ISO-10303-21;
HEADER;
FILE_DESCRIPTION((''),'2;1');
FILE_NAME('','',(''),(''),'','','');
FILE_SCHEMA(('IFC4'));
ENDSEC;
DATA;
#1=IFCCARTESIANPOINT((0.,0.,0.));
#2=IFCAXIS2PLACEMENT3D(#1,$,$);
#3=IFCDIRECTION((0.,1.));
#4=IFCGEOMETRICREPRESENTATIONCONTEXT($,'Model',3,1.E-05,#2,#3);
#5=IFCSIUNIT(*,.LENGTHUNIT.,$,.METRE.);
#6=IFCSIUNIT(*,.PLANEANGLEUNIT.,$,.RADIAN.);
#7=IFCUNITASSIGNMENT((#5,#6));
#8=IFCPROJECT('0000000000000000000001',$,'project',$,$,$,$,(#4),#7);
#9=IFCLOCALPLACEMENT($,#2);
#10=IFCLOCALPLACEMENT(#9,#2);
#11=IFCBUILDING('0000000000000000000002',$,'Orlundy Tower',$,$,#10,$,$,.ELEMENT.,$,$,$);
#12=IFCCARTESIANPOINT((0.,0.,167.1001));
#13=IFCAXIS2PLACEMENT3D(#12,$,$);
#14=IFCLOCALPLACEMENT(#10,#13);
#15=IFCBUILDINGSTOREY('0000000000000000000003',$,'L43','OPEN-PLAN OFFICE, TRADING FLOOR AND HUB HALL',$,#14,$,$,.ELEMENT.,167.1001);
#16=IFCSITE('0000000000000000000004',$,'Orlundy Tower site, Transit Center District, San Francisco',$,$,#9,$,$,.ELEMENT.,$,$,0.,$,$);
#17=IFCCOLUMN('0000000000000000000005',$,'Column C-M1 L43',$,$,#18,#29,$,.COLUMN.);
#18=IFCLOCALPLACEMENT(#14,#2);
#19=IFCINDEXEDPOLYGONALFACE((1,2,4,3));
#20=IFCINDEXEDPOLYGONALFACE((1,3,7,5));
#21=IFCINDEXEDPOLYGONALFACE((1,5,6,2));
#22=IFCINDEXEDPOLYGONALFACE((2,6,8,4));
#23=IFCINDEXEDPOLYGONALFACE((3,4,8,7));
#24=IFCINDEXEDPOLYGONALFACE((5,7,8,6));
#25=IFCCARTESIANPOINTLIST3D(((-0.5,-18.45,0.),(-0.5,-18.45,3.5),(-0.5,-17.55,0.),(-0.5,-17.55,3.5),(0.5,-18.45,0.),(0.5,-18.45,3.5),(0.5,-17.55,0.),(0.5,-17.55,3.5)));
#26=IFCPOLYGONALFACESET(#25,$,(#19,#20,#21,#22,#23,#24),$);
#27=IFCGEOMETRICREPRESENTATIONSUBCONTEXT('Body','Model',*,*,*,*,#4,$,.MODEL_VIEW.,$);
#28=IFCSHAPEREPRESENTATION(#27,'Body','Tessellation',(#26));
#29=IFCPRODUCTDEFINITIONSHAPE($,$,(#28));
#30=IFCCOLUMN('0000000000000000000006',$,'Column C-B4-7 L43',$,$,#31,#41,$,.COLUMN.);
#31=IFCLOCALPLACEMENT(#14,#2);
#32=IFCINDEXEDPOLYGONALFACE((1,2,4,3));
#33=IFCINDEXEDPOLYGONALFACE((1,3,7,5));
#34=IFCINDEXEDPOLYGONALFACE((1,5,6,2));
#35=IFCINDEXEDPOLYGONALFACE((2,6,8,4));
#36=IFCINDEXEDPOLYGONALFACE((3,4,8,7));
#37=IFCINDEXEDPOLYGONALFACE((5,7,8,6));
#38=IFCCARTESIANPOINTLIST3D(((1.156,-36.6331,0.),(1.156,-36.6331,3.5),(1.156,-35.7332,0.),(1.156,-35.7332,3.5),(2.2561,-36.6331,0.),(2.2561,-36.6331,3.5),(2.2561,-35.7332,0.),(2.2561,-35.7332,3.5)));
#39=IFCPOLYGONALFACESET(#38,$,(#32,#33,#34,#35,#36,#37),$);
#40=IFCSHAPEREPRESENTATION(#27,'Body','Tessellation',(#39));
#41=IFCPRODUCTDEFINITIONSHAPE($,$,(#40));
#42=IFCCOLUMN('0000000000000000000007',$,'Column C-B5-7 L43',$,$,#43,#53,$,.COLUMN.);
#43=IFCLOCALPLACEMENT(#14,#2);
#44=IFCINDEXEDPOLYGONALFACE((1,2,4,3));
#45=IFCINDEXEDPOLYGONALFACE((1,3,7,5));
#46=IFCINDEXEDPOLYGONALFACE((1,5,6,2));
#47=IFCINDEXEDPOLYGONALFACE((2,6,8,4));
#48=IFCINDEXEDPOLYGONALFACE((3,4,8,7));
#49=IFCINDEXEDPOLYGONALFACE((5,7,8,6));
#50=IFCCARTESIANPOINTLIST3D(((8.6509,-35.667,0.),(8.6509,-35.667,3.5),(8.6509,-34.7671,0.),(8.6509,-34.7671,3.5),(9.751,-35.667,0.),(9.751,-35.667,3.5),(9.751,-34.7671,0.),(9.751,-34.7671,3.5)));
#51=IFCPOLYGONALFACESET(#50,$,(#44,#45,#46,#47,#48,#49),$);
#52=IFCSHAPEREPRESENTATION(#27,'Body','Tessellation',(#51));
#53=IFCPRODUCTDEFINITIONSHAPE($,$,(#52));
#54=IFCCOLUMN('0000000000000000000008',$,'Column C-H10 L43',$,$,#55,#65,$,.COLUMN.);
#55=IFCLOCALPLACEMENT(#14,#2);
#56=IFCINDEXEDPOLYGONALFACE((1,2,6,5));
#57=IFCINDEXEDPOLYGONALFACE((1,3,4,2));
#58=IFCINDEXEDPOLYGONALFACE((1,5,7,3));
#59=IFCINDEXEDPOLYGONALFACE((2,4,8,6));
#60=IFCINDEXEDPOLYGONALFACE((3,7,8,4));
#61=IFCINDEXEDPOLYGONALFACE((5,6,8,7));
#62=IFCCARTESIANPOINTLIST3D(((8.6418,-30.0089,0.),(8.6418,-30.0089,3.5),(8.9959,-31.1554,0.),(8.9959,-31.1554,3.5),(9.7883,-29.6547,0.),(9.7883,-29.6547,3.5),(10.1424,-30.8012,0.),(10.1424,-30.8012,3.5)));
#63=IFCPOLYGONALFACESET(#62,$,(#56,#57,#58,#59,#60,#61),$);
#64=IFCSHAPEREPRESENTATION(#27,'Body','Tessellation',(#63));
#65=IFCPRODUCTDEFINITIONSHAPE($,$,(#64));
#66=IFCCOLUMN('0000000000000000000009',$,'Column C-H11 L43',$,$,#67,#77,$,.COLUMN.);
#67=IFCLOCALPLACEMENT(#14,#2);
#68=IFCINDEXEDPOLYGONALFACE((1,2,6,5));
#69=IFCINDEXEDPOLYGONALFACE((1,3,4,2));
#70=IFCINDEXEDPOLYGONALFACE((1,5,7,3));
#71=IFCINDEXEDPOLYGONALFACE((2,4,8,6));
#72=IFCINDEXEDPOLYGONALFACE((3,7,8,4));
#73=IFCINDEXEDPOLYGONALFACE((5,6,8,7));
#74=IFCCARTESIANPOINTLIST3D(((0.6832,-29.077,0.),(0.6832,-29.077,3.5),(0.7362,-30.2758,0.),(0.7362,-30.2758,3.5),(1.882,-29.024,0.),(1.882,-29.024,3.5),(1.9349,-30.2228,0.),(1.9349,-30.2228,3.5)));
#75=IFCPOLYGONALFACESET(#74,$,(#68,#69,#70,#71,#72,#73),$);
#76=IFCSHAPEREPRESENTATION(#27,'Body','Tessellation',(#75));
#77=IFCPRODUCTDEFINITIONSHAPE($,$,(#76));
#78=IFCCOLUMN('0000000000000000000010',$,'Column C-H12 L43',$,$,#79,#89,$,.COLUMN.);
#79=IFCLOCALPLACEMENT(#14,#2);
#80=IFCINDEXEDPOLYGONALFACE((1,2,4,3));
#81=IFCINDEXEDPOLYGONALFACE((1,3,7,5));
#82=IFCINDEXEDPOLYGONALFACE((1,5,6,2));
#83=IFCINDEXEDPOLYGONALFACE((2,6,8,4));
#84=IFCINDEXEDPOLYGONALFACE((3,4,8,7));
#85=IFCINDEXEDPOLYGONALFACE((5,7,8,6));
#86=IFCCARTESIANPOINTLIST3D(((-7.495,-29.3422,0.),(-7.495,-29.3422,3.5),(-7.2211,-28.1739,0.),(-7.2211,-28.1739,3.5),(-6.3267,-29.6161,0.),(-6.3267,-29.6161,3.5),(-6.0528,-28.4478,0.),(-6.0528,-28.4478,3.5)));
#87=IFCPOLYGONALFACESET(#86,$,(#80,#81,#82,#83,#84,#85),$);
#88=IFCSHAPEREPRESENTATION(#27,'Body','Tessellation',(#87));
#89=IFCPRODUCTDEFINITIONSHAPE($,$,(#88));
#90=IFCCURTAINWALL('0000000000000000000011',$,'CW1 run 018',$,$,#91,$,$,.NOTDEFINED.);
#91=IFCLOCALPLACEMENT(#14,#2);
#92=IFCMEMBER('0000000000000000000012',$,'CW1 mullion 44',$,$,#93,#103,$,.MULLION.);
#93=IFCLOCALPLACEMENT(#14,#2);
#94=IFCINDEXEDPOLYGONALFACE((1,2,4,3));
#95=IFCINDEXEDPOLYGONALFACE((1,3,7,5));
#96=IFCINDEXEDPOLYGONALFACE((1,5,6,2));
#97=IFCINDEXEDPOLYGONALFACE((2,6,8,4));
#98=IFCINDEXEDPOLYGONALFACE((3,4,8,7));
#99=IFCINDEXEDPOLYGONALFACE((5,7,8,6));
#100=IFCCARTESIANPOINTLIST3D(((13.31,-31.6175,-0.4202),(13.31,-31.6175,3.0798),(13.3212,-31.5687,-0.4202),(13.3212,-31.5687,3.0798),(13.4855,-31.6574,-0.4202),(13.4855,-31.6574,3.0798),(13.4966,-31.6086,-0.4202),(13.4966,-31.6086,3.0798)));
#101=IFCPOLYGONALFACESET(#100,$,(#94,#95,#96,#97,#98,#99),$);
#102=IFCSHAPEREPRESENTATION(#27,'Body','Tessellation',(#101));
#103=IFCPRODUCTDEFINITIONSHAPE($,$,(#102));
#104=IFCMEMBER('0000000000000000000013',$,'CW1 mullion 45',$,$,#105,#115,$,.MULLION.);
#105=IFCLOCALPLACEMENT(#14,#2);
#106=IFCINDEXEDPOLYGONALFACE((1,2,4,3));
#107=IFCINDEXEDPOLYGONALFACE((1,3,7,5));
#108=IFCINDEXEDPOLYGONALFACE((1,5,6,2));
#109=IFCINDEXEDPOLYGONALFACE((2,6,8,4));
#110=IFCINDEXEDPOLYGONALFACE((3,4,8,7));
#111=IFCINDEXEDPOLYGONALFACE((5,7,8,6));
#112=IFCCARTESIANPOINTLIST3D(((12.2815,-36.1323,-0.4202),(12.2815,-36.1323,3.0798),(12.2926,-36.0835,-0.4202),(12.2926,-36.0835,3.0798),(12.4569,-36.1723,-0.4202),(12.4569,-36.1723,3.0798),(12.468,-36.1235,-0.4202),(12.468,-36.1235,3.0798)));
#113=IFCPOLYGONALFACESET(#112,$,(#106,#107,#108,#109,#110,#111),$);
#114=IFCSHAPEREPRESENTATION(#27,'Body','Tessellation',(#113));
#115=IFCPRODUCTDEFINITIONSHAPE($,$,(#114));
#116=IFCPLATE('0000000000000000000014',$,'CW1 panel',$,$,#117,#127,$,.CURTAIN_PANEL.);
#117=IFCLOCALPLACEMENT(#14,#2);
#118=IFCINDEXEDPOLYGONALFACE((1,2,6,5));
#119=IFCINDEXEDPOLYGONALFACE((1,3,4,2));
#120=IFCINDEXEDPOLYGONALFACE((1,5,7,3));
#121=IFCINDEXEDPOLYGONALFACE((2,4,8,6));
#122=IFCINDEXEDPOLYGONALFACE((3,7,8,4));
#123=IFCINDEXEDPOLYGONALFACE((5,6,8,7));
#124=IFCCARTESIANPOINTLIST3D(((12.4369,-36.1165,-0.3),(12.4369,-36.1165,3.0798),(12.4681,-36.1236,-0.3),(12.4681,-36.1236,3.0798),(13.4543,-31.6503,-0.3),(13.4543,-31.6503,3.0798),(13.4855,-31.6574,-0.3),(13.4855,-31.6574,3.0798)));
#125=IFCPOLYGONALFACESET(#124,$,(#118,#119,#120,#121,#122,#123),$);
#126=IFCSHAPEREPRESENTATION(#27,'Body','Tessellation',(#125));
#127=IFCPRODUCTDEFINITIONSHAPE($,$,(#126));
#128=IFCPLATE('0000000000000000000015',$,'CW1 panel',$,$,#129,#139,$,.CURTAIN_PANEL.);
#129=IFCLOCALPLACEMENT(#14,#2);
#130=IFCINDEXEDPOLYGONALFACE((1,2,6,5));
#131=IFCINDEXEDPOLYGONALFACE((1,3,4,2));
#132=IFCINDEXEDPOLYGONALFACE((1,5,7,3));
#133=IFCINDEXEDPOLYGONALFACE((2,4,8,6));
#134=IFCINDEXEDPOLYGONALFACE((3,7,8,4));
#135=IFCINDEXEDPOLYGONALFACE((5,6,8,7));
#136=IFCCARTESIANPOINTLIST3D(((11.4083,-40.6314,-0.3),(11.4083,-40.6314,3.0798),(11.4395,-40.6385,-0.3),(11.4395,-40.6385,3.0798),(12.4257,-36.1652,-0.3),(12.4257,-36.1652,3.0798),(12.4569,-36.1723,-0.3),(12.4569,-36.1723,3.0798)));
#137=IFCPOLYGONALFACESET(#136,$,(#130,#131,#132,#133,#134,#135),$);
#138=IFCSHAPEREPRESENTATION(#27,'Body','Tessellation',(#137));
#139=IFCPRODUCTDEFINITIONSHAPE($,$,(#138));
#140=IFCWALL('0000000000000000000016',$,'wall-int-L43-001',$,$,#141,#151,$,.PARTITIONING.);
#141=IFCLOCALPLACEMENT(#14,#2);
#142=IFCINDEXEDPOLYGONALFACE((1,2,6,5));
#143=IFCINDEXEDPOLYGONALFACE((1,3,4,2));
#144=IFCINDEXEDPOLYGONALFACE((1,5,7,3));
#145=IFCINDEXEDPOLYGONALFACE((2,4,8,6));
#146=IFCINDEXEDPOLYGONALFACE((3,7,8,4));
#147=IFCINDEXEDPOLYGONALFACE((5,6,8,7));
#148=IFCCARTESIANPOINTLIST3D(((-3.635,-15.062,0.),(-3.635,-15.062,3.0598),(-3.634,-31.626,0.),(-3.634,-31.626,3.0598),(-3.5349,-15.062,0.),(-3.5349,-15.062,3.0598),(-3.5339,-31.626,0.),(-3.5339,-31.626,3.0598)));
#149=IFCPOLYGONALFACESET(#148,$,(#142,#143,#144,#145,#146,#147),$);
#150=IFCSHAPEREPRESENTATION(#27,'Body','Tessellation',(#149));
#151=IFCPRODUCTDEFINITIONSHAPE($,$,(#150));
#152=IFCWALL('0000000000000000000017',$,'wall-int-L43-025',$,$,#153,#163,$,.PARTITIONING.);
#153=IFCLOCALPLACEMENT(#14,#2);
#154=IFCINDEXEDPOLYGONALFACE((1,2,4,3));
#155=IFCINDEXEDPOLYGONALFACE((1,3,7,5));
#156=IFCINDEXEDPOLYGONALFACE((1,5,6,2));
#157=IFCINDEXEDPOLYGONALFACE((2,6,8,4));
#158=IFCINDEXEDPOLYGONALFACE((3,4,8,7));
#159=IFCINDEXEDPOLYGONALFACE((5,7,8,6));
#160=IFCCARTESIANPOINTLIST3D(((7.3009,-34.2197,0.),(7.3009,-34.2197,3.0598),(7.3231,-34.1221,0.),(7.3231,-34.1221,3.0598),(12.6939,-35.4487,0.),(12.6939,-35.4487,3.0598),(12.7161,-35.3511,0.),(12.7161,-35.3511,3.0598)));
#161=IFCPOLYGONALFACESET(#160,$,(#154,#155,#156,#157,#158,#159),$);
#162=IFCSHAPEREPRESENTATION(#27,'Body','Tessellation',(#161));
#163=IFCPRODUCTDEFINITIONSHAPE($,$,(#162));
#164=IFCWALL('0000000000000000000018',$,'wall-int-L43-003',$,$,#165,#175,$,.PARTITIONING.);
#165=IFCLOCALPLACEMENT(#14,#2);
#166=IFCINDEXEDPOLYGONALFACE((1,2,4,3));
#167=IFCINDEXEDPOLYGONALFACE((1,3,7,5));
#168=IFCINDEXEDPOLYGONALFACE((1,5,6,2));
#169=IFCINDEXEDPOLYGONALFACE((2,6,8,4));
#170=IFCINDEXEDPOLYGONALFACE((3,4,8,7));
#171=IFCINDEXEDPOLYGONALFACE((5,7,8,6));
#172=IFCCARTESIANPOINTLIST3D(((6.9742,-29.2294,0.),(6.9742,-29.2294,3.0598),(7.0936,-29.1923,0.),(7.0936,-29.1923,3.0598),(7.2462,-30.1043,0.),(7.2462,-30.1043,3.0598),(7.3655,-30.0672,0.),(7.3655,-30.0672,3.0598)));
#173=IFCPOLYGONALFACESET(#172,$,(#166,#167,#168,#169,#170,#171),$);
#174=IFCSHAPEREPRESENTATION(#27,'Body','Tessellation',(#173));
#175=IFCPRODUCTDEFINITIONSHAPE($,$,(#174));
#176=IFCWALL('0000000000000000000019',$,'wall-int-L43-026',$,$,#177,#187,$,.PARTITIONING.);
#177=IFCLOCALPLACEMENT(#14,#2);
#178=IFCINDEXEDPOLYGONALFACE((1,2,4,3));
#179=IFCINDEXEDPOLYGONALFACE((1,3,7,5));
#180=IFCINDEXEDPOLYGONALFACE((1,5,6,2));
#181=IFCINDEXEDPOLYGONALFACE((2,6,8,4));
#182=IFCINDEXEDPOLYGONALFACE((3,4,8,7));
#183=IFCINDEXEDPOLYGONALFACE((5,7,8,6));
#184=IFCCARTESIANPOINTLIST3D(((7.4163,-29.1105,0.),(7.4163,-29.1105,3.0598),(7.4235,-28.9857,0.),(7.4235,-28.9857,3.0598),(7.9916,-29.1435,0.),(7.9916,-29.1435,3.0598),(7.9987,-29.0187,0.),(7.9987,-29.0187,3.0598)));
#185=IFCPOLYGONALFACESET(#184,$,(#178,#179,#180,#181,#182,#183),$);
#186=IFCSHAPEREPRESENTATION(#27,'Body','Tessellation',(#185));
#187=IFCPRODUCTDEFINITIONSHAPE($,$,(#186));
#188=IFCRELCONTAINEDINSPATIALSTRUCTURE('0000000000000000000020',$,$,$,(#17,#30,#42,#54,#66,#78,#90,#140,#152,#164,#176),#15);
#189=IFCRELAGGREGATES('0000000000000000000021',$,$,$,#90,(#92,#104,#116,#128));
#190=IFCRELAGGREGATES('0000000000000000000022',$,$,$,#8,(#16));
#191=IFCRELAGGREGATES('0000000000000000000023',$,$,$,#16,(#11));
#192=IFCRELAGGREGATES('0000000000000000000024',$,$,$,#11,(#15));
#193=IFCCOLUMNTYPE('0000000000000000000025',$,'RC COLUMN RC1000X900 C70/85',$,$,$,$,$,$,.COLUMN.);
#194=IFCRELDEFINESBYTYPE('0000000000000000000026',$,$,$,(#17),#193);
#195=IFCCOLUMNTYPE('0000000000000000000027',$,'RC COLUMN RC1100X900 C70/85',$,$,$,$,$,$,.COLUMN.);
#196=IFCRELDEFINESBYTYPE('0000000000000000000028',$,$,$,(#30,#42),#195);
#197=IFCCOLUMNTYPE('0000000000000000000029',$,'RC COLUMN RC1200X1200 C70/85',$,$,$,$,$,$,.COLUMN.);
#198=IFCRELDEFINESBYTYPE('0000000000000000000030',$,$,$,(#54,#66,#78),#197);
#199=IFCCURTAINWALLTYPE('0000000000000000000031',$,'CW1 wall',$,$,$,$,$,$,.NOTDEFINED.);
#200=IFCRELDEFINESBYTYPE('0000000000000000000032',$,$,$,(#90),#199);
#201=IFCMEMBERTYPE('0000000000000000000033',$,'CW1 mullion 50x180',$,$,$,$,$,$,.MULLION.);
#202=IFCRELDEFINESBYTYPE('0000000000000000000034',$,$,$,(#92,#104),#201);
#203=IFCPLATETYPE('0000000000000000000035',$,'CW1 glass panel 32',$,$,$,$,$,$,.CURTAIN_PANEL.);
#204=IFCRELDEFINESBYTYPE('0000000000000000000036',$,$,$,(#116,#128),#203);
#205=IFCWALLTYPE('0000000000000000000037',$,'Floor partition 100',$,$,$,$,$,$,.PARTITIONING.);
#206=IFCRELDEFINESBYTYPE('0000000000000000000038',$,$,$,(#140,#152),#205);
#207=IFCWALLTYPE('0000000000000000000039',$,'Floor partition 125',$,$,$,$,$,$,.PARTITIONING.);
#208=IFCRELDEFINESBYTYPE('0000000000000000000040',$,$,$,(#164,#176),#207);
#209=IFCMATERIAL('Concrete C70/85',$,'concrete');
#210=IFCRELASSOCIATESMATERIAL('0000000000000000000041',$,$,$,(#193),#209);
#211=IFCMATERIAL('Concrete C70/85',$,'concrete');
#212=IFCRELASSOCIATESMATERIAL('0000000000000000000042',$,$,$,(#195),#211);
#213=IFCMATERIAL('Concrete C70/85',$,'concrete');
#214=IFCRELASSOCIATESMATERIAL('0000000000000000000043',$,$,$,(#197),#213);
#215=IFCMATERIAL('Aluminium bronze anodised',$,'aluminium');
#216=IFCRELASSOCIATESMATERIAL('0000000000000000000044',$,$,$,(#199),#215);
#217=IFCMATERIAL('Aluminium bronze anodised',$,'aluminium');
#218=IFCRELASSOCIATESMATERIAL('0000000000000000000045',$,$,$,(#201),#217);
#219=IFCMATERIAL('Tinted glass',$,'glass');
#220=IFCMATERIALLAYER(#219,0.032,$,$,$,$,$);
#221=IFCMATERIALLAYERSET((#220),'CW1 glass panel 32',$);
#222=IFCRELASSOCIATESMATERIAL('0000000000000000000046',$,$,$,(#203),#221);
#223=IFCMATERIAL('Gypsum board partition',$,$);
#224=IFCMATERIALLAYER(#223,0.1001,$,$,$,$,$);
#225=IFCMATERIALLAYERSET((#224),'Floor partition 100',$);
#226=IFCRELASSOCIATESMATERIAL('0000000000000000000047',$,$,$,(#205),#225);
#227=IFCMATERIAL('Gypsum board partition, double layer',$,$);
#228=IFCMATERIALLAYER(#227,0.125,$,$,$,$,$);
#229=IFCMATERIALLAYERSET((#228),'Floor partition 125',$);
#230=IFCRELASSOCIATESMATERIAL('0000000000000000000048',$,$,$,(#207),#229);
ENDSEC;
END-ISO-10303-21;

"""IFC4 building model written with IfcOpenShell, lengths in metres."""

from ifc_helpers import new_model, si_unit, direction, frame, frame_2d, origin, origin_2d, place, context, subcontext, project, spatial, rectangle, extrude, material, layer, layer_set, material_profile, profile_set, type_object, element, aggregate, save


model = new_model("IFC4")

# Units and contexts
model_context = context("Model", 3, precision=1e-05, world=origin(), true_north=direction((0.0, 1.0)))
body_context = subcontext(model_context, "Body", "Model", "MODEL_VIEW")
ifc_project = project(units=[si_unit("LENGTHUNIT", "METRE"), si_unit("PLANEANGLEUNIT", "RADIAN")], contexts=[model_context])

# Site, building, storey
site_placement = place(None, origin())
site = spatial("IfcSite", under=ifc_project, at=site_placement, Name="Orlundy Tower site, Transit Center District, San Francisco", CompositionType="ELEMENT", RefElevation=0.0)
building_placement = place(site_placement, origin())
building = spatial("IfcBuilding", under=site, at=building_placement, Name="Orlundy Tower", CompositionType="ELEMENT")
storey_placement = place(building_placement, frame((0.0, 0.0, 167.1001)))
storey = spatial("IfcBuildingStorey", under=building, at=storey_placement, Name="L43", Description="OPEN-PLAN OFFICE, TRADING FLOOR AND HUB HALL", CompositionType="ELEMENT", Elevation=167.1001)

# Columns
ifc_material_1 = material(Name="Concrete C70/85", Category="concrete")
ifc_material_profile_1 = material_profile(ifc_material_1, rectangle(XDim=1.0, YDim=0.8999, at=origin_2d()), Name="RC1000X900")
ifc_profile_set_1 = profile_set([ifc_material_profile_1], Name="Concrete C70/85")
column_type_1 = type_object("IfcColumnType", Name="RC COLUMN RC1000X900 C70/85", PredefinedType="COLUMN", material=ifc_profile_set_1)
column_placement = place(storey_placement, frame((0.0, -18.0, 0.0), z_axis=(0.0, 0.0, 1.0), x_axis=(1.0, 0.0, 0.0)))
element("IfcColumn", 1, at=column_placement, inside=storey, type_object=column_type_1, Name="Column C-M1 L43", PredefinedType="COLUMN", context=body_context, shape_type="SweptSolid", body=[
    extrude(rectangle(XDim=1.0, YDim=0.8999, at=origin_2d()), origin(), (0.0, 0.0, 1.0), 3.5),
])
ifc_material_2 = material(Name="Concrete C70/85", Category="concrete")
ifc_material_profile_2 = material_profile(ifc_material_2, rectangle(XDim=1.1001, YDim=0.8999, at=origin_2d()), Name="RC1100X900")
ifc_profile_set_2 = profile_set([ifc_material_profile_2], Name="Concrete C70/85")
column_type_2 = type_object("IfcColumnType", Name="RC COLUMN RC1100X900 C70/85", PredefinedType="COLUMN", material=ifc_profile_set_2)
for number, where, z_axis, x_axis, name in (
    (2, (1.7061, -36.1831, 0.0), (0.0, 0.0, 1.0), (1.0, 0.0, 0.0), "Column C-B4-7 L43"),
    (3, (9.2009, -35.217, 0.0), (0.0, 0.0, 1.0), (1.0, 0.0, 0.0), "Column C-B5-7 L43"),
):
    element("IfcColumn", number, at=place(storey_placement, frame(where, z_axis=z_axis, x_axis=x_axis)), inside=storey, type_object=column_type_2, Name=name, PredefinedType="COLUMN", context=body_context, shape_type="SweptSolid", body=[
        extrude(rectangle(XDim=1.1001, YDim=0.8999, at=origin_2d()), origin(), (0.0, 0.0, 1.0), 3.5),
    ])
ifc_material_3 = material(Name="Concrete C70/85", Category="concrete")
ifc_material_profile_3 = material_profile(ifc_material_3, rectangle(XDim=1.2, YDim=1.2, at=origin_2d()), Name="RC1200X1200")
ifc_profile_set_3 = profile_set([ifc_material_profile_3], Name="Concrete C70/85")
column_type_3 = type_object("IfcColumnType", Name="RC COLUMN RC1200X1200 C70/85", PredefinedType="COLUMN", material=ifc_profile_set_3)
for number, where, z_axis, x_axis, name in (
    (4, (9.3921, -30.405, 0.0), (0.0, 0.0, 1.0), (0.295141, -0.955454, 0.0), "Column C-H10 L43"),
    (5, (1.3091, -29.6499, 0.0), (0.0, 0.0, 1.0), (0.044108, -0.999027, 0.0), "Column C-H11 L43"),
    (6, (-6.7739, -28.895, 0.0), (0.0, 0.0, 1.0), (-0.228249, -0.973603, 0.0), "Column C-H12 L43"),
):
    element("IfcColumn", number, at=place(storey_placement, frame(where, z_axis=z_axis, x_axis=x_axis)), inside=storey, type_object=column_type_3, Name=name, PredefinedType="COLUMN", context=body_context, shape_type="SweptSolid", body=[
        extrude(rectangle(XDim=1.2, YDim=1.2, at=origin_2d()), origin(), (0.0, 0.0, 1.0), 3.5),
    ])

# Curtain wall, members, plates
ifc_material_4 = material(Name="Aluminium bronze anodised", Category="aluminium")
curtain_wall_type = type_object("IfcCurtainWallType", Name="CW1 wall", PredefinedType="NOTDEFINED", material=ifc_material_4)
curtain_wall_placement = place(storey_placement, origin())
curtain_wall = element("IfcCurtainWall", 7, at=curtain_wall_placement, inside=storey, type_object=curtain_wall_type, Name="CW1 run 018", PredefinedType="NOTDEFINED")
ifc_material_5 = material(Name="Aluminium bronze anodised", Category="aluminium")
ifc_material_profile_4 = material_profile(ifc_material_5, rectangle(XDim=0.1799, YDim=0.05, at=origin_2d()), Name="CW1 mullion 50x180")
ifc_profile_set_4 = profile_set([ifc_material_profile_4], Name="Aluminium bronze anodised")
member_type = type_object("IfcMemberType", Name="CW1 mullion 50x180", PredefinedType="MULLION", material=ifc_profile_set_4)
member_1_placement = place(storey_placement, frame((13.4033, -31.613, -0.4202), z_axis=(0.0, 0.0, 1.0), x_axis=(0.975022, -0.222106, 0.0)))
member_1 = element("IfcMember", 8, at=member_1_placement, type_object=member_type, Name="CW1 mullion 44", PredefinedType="MULLION", context=body_context, shape_type="SweptSolid", body=[
    extrude(rectangle(XDim=0.1799, YDim=0.05, at=origin_2d()), origin(), (0.0, 0.0, 1.0), 3.5),
])
member_2_placement = place(storey_placement, frame((12.3748, -36.1279, -0.4202), z_axis=(0.0, 0.0, 1.0), x_axis=(0.975022, -0.222106, 0.0)))
member_2 = element("IfcMember", 9, at=member_2_placement, type_object=member_type, Name="CW1 mullion 45", PredefinedType="MULLION", context=body_context, shape_type="SweptSolid", body=[
    extrude(rectangle(XDim=0.1799, YDim=0.05, at=origin_2d()), origin(), (0.0, 0.0, 1.0), 3.5),
])
ifc_material_6 = material(Name="Tinted glass", Category="glass")
ifc_layer_1 = layer(ifc_material_6, 0.032)
ifc_layer_set_1 = layer_set([ifc_layer_1], Name="CW1 glass panel 32")
plate_type = type_object("IfcPlateType", Name="CW1 glass panel 32", PredefinedType="CURTAIN_PANEL", material=ifc_layer_set_1)
plate_1_placement = place(storey_placement, frame((12.9612, -33.887, -0.3), z_axis=(0.0, 0.0, 1.0), x_axis=(-0.222106, -0.975022, 0.0)))
plate_1 = element("IfcPlate", 10, at=plate_1_placement, type_object=plate_type, Name="CW1 panel", PredefinedType="CURTAIN_PANEL", context=body_context, shape_type="SweptSolid", body=[
    extrude(rectangle(XDim=4.5806, YDim=0.032, at=origin_2d()), origin(), (0.0, 0.0, 1.0), 3.3799),
])
plate_2_placement = place(storey_placement, frame((11.9326, -38.4019, -0.3), z_axis=(0.0, 0.0, 1.0), x_axis=(-0.222106, -0.975022, 0.0)))
plate_2 = element("IfcPlate", 11, at=plate_2_placement, type_object=plate_type, Name="CW1 panel", PredefinedType="CURTAIN_PANEL", context=body_context, shape_type="SweptSolid", body=[
    extrude(rectangle(XDim=4.5806, YDim=0.032, at=origin_2d()), origin(), (0.0, 0.0, 1.0), 3.3799),
])
aggregate(curtain_wall, [member_1, member_2, plate_1, plate_2])

# Walls
ifc_material_7 = material(Name="Gypsum board partition")
ifc_layer_2 = layer(ifc_material_7, 0.1001)
ifc_layer_set_2 = layer_set([ifc_layer_2], Name="Floor partition 100")
wall_type_1 = type_object("IfcWallType", Name="Floor partition 100", PredefinedType="PARTITIONING", material=ifc_layer_set_2)
wall_1_placement = place(storey_placement, frame((-3.585, -15.062, 0.0), z_axis=(0.0, 0.0, 1.0), x_axis=(0.000059, -1.0, 0.0)))
element("IfcWall", 12, at=wall_1_placement, inside=storey, type_object=wall_type_1, Name="wall-int-L43-001", PredefinedType="PARTITIONING", context=body_context, shape_type="SweptSolid", body=[
    extrude(rectangle(XDim=16.564, YDim=0.1001, at=frame_2d((8.282, 0.0))), origin(), (0.0, 0.0, 1.0), 3.0598),
])
wall_2_placement = place(storey_placement, frame((7.312, -34.1709, 0.0), z_axis=(0.0, 0.0, 1.0), x_axis=(0.975003, -0.22219, 0.0)))
element("IfcWall", 13, at=wall_2_placement, inside=storey, type_object=wall_type_1, Name="wall-int-L43-025", PredefinedType="PARTITIONING", context=body_context, shape_type="SweptSolid", body=[
    extrude(rectangle(XDim=5.5312, YDim=0.1001, at=frame_2d((2.7656, 0.0))), origin(), (0.0, 0.0, 1.0), 3.0598),
])
ifc_material_8 = material(Name="Gypsum board partition, double layer")
ifc_layer_3 = layer(ifc_material_8, 0.125)
ifc_layer_set_3 = layer_set([ifc_layer_3], Name="Floor partition 125")
wall_type_2 = type_object("IfcWallType", Name="Floor partition 125", PredefinedType="PARTITIONING", material=ifc_layer_set_3)
wall_3_placement = place(storey_placement, frame((7.0339, -29.2109, 0.0), z_axis=(0.0, 0.0, 1.0), x_axis=(0.296818, -0.954934, 0.0)))
element("IfcWall", 14, at=wall_3_placement, inside=storey, type_object=wall_type_2, Name="wall-int-L43-003", PredefinedType="PARTITIONING", context=body_context, shape_type="SweptSolid", body=[
    extrude(rectangle(XDim=0.9163, YDim=0.125, at=frame_2d((0.458, 0.0))), origin(), (0.0, 0.0, 1.0), 3.0598),
])
wall_4_placement = place(storey_placement, frame((7.4199, -29.0481, 0.0), z_axis=(0.0, 0.0, 1.0), x_axis=(0.998362, -0.057207, 0.0)))
element("IfcWall", 15, at=wall_4_placement, inside=storey, type_object=wall_type_2, Name="wall-int-L43-026", PredefinedType="PARTITIONING", context=body_context, shape_type="SweptSolid", body=[
    extrude(rectangle(XDim=0.5762, YDim=0.125, at=frame_2d((0.2881, 0.0))), origin(), (0.0, 0.0, 1.0), 3.0598),
])

save(model, "model.ifc")
